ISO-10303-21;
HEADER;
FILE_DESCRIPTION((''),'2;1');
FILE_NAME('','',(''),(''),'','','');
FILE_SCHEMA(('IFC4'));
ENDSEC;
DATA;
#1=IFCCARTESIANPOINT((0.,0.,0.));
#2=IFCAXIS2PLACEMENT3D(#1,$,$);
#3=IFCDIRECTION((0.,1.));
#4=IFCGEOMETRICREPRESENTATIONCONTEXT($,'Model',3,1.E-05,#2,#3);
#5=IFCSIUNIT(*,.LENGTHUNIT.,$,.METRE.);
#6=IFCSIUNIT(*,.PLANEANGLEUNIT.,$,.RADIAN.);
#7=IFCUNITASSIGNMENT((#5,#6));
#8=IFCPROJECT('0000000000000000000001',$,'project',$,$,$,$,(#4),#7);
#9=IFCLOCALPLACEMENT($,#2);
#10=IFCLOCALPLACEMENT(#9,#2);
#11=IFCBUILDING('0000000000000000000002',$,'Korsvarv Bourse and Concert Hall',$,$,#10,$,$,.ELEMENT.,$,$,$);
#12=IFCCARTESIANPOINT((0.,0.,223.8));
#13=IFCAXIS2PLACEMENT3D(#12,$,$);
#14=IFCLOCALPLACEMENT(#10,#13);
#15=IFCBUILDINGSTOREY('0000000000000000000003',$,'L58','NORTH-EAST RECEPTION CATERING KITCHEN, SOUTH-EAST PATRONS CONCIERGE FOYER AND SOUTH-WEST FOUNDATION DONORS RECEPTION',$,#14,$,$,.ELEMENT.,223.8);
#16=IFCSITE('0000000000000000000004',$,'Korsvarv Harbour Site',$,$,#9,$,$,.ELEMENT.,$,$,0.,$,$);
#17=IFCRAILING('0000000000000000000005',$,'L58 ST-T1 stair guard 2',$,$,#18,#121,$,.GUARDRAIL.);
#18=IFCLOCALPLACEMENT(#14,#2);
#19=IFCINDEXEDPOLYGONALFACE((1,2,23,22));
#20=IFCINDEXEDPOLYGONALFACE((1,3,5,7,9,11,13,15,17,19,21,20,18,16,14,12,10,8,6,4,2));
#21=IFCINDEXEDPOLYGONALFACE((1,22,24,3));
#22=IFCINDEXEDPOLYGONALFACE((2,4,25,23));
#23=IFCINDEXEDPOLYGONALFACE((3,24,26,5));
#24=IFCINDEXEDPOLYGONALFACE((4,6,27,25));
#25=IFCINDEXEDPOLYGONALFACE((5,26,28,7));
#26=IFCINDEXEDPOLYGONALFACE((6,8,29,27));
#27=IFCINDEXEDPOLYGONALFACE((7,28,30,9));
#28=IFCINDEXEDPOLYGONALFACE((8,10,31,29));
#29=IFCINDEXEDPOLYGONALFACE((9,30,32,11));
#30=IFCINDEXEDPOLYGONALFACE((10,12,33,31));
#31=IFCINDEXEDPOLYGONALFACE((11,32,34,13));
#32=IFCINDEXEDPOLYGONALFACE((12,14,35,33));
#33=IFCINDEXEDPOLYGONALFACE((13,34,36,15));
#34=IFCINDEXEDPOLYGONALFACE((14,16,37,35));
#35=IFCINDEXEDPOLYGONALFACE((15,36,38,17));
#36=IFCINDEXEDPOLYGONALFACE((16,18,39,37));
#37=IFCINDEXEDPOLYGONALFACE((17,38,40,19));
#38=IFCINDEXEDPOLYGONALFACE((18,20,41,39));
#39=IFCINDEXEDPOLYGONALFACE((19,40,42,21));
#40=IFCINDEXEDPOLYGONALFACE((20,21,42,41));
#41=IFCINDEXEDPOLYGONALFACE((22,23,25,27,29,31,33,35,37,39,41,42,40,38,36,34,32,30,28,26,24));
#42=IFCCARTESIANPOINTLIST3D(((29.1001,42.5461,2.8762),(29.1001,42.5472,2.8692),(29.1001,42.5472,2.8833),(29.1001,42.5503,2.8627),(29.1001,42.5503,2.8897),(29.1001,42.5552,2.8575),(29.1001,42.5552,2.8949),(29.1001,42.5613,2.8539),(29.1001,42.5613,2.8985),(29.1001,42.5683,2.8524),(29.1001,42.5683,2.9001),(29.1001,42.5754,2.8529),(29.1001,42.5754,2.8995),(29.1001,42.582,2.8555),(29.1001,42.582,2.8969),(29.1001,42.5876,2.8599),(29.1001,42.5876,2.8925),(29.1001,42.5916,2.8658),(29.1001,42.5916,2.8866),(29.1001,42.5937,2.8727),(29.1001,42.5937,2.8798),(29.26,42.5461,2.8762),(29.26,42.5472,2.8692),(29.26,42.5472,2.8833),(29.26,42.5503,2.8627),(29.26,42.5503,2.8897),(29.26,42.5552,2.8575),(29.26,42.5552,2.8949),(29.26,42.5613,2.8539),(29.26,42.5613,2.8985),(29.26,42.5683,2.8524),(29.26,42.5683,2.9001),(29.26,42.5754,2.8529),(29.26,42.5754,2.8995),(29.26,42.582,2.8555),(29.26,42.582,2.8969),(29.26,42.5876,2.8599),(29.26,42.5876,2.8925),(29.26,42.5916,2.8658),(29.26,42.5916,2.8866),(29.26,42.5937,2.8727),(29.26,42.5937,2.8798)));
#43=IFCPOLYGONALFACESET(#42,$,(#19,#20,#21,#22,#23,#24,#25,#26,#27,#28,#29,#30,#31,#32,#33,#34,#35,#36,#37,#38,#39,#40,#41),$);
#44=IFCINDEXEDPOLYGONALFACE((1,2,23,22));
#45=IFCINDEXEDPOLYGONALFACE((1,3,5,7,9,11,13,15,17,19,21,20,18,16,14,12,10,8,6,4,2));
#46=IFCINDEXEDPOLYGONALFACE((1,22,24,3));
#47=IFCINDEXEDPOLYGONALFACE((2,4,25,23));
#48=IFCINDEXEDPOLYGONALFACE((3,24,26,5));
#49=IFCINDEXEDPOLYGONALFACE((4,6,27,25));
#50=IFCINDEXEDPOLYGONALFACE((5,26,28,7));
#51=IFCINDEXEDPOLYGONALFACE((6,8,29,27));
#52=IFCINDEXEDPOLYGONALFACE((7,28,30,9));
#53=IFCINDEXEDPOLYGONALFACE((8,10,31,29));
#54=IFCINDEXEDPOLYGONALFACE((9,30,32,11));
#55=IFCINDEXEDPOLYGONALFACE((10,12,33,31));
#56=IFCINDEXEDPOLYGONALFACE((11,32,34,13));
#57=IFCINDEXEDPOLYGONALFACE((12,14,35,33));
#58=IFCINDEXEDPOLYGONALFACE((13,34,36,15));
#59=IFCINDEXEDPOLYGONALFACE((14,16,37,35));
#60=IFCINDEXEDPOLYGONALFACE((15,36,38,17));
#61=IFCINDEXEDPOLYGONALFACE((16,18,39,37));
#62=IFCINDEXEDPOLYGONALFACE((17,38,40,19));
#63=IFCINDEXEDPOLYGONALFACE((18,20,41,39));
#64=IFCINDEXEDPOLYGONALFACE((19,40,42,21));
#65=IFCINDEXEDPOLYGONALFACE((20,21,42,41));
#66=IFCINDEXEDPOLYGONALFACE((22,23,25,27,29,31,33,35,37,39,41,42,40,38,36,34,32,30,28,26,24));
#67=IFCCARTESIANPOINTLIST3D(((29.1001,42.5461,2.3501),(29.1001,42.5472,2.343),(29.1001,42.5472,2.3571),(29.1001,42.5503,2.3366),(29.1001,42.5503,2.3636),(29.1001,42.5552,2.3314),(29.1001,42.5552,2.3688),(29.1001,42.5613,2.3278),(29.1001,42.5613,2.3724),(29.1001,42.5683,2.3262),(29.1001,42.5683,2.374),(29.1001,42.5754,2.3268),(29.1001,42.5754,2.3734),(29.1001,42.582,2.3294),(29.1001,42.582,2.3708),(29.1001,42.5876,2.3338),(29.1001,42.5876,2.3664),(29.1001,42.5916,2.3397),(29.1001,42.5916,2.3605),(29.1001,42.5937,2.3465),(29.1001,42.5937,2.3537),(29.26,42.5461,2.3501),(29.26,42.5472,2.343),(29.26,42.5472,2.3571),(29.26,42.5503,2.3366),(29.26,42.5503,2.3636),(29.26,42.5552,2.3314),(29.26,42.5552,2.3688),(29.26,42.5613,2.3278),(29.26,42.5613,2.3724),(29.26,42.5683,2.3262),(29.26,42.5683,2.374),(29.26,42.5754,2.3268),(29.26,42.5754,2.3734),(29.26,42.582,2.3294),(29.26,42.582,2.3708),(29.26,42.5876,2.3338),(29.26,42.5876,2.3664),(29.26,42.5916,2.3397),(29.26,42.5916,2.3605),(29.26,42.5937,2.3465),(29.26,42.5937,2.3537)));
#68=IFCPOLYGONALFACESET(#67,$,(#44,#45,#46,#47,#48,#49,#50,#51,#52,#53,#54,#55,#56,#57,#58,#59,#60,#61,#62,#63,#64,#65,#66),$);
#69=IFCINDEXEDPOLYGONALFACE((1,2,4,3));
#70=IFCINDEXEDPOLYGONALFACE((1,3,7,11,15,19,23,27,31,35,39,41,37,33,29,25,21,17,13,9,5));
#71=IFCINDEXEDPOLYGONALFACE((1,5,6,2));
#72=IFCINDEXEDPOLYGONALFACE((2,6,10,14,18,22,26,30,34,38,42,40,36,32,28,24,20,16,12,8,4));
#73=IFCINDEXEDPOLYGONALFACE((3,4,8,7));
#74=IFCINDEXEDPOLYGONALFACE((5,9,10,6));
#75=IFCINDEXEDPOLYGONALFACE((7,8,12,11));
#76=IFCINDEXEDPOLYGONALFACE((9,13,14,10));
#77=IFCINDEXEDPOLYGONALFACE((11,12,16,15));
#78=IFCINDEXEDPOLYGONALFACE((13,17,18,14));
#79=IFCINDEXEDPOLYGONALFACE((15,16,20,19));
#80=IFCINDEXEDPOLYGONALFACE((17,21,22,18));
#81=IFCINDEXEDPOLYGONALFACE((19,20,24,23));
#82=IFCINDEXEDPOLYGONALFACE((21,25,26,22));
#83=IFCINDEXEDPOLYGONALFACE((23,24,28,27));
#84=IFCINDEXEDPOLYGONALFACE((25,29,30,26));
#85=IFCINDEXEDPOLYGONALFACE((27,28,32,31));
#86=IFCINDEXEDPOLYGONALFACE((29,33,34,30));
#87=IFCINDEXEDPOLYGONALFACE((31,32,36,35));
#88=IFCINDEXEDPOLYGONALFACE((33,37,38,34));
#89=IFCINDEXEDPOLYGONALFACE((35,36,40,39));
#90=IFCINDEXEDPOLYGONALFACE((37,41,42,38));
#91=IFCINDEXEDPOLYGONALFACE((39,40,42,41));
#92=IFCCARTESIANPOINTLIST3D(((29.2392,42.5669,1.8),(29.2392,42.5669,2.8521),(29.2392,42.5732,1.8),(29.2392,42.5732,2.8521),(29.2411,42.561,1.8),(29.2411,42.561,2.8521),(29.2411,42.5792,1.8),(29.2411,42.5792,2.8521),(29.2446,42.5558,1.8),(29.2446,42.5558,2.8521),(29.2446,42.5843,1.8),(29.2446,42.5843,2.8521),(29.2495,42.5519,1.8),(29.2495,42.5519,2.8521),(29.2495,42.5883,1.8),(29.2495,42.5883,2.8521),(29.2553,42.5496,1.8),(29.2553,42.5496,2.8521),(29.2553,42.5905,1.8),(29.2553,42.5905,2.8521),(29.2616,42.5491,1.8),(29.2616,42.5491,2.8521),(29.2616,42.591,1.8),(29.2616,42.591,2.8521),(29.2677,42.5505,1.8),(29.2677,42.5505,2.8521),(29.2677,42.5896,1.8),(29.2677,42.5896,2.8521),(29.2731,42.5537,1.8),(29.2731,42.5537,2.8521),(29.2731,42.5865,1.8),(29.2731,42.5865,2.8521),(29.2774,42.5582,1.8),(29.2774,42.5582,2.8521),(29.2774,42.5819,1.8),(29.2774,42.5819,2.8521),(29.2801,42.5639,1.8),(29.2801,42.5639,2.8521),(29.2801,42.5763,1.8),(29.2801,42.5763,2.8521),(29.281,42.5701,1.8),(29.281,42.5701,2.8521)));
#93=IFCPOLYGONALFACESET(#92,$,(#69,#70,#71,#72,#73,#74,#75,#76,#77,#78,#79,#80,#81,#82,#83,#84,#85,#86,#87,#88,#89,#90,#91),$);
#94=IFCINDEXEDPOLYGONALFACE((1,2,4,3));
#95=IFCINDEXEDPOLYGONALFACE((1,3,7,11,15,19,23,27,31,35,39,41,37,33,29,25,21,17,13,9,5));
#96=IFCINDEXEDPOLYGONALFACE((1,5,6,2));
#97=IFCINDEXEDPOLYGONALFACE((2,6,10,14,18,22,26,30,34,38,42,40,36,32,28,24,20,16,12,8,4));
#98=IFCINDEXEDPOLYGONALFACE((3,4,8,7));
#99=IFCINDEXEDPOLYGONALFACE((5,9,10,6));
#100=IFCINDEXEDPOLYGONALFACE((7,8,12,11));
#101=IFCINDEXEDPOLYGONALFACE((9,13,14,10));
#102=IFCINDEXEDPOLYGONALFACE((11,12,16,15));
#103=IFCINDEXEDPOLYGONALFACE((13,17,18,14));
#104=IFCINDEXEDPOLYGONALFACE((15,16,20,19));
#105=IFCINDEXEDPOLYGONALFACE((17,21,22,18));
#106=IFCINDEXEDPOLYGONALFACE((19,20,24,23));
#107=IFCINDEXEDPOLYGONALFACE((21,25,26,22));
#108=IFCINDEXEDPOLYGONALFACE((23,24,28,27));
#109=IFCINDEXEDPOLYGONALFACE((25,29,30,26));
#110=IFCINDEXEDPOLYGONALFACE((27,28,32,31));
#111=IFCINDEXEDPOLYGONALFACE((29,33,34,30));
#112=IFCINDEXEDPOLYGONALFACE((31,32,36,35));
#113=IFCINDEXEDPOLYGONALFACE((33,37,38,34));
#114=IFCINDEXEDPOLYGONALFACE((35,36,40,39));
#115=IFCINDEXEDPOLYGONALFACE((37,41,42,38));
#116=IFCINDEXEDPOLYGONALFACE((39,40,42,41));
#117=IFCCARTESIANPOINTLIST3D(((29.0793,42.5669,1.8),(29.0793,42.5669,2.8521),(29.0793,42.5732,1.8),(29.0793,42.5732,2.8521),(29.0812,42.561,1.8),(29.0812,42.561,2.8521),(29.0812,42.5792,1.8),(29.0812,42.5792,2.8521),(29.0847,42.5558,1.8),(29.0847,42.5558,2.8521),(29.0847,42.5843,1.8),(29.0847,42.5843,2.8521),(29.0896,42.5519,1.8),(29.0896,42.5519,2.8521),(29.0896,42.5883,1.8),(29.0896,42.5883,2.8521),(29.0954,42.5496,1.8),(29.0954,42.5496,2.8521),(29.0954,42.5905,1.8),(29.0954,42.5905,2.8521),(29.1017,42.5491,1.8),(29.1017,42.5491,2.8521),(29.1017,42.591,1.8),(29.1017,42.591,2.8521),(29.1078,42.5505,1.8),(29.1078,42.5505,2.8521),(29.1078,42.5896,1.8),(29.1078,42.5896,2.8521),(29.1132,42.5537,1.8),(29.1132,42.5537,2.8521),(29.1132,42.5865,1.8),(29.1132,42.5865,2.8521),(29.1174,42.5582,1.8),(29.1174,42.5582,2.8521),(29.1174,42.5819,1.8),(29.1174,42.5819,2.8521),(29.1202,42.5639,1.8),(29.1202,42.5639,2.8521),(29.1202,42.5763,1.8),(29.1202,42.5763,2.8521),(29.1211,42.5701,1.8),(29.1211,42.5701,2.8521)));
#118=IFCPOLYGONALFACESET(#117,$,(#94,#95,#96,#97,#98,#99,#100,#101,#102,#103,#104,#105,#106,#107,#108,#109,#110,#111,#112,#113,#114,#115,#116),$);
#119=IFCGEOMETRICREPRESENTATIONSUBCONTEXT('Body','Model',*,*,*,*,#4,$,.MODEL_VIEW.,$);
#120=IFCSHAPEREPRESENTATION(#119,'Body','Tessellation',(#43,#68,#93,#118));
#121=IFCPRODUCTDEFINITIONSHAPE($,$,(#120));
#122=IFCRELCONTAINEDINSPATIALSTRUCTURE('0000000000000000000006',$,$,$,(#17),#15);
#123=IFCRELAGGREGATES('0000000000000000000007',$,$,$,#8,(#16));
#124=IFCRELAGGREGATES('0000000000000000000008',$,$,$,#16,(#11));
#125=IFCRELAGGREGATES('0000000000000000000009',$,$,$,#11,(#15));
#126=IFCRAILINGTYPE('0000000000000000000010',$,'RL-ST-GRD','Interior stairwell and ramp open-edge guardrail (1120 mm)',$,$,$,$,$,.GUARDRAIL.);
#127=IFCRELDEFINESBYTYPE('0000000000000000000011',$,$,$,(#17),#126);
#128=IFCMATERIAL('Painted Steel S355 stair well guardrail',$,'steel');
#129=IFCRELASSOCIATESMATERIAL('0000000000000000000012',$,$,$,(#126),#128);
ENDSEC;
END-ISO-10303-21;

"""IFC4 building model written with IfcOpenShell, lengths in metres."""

from ifc_helpers import new_model, si_unit, direction, frame, origin, origin_2d, place, context, subcontext, project, spatial, circle, extrude, material, type_object, element, save


model = new_model("IFC4")

# Units and contexts
model_context = context("Model", 3, precision=1e-05, world=origin(), true_north=direction((0.0, 1.0)))
body_context = subcontext(model_context, "Body", "Model", "MODEL_VIEW")
ifc_project = project(units=[si_unit("LENGTHUNIT", "METRE"), si_unit("PLANEANGLEUNIT", "RADIAN")], contexts=[model_context])

# Site, building, storey
site_placement = place(None, origin())
site = spatial("IfcSite", under=ifc_project, at=site_placement, Name="Korsvarv Harbour Site", CompositionType="ELEMENT", RefElevation=0.0)
building_placement = place(site_placement, origin())
building = spatial("IfcBuilding", under=site, at=building_placement, Name="Korsvarv Bourse and Concert Hall", CompositionType="ELEMENT")
storey_placement = place(building_placement, frame((0.0, 0.0, 223.8)))
storey = spatial("IfcBuildingStorey", under=building, at=storey_placement, Name="L58", Description="NORTH-EAST RECEPTION CATERING KITCHEN, SOUTH-EAST PATRONS CONCIERGE FOYER AND SOUTH-WEST FOUNDATION DONORS RECEPTION", CompositionType="ELEMENT", Elevation=223.8)

# Railing
ifc_material_1 = material(Name="Painted Steel S355 stair well guardrail", Category="steel")
railing_type_1 = type_object("IfcRailingType", Name="RL-ST-GRD", Description="Interior stairwell and ramp open-edge guardrail (1120 mm)", PredefinedType="GUARDRAIL", material=ifc_material_1)
railing_1_placement = place(storey_placement, frame((29.26, 42.5701, 1.8)))
element("IfcRailing", 1, at=railing_1_placement, inside=storey, type_object=railing_type_1, Name="L58 ST-T1 stair guard 2", PredefinedType="GUARDRAIL", context=body_context, shape_type="SweptSolid", body=[
    extrude(circle(Radius=0.0239, at=origin_2d()), frame((0.0, 0.0, 1.0762), z_axis=(-1.0, 0.0, 0.0), x_axis=(0.0, -1.0, 0.0)), (0.0, 0.0, 1.0), 0.1599),
    extrude(circle(Radius=0.0239, at=origin_2d()), frame((0.0, 0.0, 0.55), z_axis=(-1.0, 0.0, 0.0), x_axis=(0.0, -1.0, 0.0)), (0.0, 0.0, 1.0), 0.1599),
    extrude(circle(Radius=0.021, at=origin_2d()), origin(), (0.0, 0.0, 1.0), 1.052),
    extrude(circle(Radius=0.021, at=origin_2d()), frame((-0.1599, 0.0, 0.0)), (0.0, 0.0, 1.0), 1.052),
])

save(model, "model.ifc")
